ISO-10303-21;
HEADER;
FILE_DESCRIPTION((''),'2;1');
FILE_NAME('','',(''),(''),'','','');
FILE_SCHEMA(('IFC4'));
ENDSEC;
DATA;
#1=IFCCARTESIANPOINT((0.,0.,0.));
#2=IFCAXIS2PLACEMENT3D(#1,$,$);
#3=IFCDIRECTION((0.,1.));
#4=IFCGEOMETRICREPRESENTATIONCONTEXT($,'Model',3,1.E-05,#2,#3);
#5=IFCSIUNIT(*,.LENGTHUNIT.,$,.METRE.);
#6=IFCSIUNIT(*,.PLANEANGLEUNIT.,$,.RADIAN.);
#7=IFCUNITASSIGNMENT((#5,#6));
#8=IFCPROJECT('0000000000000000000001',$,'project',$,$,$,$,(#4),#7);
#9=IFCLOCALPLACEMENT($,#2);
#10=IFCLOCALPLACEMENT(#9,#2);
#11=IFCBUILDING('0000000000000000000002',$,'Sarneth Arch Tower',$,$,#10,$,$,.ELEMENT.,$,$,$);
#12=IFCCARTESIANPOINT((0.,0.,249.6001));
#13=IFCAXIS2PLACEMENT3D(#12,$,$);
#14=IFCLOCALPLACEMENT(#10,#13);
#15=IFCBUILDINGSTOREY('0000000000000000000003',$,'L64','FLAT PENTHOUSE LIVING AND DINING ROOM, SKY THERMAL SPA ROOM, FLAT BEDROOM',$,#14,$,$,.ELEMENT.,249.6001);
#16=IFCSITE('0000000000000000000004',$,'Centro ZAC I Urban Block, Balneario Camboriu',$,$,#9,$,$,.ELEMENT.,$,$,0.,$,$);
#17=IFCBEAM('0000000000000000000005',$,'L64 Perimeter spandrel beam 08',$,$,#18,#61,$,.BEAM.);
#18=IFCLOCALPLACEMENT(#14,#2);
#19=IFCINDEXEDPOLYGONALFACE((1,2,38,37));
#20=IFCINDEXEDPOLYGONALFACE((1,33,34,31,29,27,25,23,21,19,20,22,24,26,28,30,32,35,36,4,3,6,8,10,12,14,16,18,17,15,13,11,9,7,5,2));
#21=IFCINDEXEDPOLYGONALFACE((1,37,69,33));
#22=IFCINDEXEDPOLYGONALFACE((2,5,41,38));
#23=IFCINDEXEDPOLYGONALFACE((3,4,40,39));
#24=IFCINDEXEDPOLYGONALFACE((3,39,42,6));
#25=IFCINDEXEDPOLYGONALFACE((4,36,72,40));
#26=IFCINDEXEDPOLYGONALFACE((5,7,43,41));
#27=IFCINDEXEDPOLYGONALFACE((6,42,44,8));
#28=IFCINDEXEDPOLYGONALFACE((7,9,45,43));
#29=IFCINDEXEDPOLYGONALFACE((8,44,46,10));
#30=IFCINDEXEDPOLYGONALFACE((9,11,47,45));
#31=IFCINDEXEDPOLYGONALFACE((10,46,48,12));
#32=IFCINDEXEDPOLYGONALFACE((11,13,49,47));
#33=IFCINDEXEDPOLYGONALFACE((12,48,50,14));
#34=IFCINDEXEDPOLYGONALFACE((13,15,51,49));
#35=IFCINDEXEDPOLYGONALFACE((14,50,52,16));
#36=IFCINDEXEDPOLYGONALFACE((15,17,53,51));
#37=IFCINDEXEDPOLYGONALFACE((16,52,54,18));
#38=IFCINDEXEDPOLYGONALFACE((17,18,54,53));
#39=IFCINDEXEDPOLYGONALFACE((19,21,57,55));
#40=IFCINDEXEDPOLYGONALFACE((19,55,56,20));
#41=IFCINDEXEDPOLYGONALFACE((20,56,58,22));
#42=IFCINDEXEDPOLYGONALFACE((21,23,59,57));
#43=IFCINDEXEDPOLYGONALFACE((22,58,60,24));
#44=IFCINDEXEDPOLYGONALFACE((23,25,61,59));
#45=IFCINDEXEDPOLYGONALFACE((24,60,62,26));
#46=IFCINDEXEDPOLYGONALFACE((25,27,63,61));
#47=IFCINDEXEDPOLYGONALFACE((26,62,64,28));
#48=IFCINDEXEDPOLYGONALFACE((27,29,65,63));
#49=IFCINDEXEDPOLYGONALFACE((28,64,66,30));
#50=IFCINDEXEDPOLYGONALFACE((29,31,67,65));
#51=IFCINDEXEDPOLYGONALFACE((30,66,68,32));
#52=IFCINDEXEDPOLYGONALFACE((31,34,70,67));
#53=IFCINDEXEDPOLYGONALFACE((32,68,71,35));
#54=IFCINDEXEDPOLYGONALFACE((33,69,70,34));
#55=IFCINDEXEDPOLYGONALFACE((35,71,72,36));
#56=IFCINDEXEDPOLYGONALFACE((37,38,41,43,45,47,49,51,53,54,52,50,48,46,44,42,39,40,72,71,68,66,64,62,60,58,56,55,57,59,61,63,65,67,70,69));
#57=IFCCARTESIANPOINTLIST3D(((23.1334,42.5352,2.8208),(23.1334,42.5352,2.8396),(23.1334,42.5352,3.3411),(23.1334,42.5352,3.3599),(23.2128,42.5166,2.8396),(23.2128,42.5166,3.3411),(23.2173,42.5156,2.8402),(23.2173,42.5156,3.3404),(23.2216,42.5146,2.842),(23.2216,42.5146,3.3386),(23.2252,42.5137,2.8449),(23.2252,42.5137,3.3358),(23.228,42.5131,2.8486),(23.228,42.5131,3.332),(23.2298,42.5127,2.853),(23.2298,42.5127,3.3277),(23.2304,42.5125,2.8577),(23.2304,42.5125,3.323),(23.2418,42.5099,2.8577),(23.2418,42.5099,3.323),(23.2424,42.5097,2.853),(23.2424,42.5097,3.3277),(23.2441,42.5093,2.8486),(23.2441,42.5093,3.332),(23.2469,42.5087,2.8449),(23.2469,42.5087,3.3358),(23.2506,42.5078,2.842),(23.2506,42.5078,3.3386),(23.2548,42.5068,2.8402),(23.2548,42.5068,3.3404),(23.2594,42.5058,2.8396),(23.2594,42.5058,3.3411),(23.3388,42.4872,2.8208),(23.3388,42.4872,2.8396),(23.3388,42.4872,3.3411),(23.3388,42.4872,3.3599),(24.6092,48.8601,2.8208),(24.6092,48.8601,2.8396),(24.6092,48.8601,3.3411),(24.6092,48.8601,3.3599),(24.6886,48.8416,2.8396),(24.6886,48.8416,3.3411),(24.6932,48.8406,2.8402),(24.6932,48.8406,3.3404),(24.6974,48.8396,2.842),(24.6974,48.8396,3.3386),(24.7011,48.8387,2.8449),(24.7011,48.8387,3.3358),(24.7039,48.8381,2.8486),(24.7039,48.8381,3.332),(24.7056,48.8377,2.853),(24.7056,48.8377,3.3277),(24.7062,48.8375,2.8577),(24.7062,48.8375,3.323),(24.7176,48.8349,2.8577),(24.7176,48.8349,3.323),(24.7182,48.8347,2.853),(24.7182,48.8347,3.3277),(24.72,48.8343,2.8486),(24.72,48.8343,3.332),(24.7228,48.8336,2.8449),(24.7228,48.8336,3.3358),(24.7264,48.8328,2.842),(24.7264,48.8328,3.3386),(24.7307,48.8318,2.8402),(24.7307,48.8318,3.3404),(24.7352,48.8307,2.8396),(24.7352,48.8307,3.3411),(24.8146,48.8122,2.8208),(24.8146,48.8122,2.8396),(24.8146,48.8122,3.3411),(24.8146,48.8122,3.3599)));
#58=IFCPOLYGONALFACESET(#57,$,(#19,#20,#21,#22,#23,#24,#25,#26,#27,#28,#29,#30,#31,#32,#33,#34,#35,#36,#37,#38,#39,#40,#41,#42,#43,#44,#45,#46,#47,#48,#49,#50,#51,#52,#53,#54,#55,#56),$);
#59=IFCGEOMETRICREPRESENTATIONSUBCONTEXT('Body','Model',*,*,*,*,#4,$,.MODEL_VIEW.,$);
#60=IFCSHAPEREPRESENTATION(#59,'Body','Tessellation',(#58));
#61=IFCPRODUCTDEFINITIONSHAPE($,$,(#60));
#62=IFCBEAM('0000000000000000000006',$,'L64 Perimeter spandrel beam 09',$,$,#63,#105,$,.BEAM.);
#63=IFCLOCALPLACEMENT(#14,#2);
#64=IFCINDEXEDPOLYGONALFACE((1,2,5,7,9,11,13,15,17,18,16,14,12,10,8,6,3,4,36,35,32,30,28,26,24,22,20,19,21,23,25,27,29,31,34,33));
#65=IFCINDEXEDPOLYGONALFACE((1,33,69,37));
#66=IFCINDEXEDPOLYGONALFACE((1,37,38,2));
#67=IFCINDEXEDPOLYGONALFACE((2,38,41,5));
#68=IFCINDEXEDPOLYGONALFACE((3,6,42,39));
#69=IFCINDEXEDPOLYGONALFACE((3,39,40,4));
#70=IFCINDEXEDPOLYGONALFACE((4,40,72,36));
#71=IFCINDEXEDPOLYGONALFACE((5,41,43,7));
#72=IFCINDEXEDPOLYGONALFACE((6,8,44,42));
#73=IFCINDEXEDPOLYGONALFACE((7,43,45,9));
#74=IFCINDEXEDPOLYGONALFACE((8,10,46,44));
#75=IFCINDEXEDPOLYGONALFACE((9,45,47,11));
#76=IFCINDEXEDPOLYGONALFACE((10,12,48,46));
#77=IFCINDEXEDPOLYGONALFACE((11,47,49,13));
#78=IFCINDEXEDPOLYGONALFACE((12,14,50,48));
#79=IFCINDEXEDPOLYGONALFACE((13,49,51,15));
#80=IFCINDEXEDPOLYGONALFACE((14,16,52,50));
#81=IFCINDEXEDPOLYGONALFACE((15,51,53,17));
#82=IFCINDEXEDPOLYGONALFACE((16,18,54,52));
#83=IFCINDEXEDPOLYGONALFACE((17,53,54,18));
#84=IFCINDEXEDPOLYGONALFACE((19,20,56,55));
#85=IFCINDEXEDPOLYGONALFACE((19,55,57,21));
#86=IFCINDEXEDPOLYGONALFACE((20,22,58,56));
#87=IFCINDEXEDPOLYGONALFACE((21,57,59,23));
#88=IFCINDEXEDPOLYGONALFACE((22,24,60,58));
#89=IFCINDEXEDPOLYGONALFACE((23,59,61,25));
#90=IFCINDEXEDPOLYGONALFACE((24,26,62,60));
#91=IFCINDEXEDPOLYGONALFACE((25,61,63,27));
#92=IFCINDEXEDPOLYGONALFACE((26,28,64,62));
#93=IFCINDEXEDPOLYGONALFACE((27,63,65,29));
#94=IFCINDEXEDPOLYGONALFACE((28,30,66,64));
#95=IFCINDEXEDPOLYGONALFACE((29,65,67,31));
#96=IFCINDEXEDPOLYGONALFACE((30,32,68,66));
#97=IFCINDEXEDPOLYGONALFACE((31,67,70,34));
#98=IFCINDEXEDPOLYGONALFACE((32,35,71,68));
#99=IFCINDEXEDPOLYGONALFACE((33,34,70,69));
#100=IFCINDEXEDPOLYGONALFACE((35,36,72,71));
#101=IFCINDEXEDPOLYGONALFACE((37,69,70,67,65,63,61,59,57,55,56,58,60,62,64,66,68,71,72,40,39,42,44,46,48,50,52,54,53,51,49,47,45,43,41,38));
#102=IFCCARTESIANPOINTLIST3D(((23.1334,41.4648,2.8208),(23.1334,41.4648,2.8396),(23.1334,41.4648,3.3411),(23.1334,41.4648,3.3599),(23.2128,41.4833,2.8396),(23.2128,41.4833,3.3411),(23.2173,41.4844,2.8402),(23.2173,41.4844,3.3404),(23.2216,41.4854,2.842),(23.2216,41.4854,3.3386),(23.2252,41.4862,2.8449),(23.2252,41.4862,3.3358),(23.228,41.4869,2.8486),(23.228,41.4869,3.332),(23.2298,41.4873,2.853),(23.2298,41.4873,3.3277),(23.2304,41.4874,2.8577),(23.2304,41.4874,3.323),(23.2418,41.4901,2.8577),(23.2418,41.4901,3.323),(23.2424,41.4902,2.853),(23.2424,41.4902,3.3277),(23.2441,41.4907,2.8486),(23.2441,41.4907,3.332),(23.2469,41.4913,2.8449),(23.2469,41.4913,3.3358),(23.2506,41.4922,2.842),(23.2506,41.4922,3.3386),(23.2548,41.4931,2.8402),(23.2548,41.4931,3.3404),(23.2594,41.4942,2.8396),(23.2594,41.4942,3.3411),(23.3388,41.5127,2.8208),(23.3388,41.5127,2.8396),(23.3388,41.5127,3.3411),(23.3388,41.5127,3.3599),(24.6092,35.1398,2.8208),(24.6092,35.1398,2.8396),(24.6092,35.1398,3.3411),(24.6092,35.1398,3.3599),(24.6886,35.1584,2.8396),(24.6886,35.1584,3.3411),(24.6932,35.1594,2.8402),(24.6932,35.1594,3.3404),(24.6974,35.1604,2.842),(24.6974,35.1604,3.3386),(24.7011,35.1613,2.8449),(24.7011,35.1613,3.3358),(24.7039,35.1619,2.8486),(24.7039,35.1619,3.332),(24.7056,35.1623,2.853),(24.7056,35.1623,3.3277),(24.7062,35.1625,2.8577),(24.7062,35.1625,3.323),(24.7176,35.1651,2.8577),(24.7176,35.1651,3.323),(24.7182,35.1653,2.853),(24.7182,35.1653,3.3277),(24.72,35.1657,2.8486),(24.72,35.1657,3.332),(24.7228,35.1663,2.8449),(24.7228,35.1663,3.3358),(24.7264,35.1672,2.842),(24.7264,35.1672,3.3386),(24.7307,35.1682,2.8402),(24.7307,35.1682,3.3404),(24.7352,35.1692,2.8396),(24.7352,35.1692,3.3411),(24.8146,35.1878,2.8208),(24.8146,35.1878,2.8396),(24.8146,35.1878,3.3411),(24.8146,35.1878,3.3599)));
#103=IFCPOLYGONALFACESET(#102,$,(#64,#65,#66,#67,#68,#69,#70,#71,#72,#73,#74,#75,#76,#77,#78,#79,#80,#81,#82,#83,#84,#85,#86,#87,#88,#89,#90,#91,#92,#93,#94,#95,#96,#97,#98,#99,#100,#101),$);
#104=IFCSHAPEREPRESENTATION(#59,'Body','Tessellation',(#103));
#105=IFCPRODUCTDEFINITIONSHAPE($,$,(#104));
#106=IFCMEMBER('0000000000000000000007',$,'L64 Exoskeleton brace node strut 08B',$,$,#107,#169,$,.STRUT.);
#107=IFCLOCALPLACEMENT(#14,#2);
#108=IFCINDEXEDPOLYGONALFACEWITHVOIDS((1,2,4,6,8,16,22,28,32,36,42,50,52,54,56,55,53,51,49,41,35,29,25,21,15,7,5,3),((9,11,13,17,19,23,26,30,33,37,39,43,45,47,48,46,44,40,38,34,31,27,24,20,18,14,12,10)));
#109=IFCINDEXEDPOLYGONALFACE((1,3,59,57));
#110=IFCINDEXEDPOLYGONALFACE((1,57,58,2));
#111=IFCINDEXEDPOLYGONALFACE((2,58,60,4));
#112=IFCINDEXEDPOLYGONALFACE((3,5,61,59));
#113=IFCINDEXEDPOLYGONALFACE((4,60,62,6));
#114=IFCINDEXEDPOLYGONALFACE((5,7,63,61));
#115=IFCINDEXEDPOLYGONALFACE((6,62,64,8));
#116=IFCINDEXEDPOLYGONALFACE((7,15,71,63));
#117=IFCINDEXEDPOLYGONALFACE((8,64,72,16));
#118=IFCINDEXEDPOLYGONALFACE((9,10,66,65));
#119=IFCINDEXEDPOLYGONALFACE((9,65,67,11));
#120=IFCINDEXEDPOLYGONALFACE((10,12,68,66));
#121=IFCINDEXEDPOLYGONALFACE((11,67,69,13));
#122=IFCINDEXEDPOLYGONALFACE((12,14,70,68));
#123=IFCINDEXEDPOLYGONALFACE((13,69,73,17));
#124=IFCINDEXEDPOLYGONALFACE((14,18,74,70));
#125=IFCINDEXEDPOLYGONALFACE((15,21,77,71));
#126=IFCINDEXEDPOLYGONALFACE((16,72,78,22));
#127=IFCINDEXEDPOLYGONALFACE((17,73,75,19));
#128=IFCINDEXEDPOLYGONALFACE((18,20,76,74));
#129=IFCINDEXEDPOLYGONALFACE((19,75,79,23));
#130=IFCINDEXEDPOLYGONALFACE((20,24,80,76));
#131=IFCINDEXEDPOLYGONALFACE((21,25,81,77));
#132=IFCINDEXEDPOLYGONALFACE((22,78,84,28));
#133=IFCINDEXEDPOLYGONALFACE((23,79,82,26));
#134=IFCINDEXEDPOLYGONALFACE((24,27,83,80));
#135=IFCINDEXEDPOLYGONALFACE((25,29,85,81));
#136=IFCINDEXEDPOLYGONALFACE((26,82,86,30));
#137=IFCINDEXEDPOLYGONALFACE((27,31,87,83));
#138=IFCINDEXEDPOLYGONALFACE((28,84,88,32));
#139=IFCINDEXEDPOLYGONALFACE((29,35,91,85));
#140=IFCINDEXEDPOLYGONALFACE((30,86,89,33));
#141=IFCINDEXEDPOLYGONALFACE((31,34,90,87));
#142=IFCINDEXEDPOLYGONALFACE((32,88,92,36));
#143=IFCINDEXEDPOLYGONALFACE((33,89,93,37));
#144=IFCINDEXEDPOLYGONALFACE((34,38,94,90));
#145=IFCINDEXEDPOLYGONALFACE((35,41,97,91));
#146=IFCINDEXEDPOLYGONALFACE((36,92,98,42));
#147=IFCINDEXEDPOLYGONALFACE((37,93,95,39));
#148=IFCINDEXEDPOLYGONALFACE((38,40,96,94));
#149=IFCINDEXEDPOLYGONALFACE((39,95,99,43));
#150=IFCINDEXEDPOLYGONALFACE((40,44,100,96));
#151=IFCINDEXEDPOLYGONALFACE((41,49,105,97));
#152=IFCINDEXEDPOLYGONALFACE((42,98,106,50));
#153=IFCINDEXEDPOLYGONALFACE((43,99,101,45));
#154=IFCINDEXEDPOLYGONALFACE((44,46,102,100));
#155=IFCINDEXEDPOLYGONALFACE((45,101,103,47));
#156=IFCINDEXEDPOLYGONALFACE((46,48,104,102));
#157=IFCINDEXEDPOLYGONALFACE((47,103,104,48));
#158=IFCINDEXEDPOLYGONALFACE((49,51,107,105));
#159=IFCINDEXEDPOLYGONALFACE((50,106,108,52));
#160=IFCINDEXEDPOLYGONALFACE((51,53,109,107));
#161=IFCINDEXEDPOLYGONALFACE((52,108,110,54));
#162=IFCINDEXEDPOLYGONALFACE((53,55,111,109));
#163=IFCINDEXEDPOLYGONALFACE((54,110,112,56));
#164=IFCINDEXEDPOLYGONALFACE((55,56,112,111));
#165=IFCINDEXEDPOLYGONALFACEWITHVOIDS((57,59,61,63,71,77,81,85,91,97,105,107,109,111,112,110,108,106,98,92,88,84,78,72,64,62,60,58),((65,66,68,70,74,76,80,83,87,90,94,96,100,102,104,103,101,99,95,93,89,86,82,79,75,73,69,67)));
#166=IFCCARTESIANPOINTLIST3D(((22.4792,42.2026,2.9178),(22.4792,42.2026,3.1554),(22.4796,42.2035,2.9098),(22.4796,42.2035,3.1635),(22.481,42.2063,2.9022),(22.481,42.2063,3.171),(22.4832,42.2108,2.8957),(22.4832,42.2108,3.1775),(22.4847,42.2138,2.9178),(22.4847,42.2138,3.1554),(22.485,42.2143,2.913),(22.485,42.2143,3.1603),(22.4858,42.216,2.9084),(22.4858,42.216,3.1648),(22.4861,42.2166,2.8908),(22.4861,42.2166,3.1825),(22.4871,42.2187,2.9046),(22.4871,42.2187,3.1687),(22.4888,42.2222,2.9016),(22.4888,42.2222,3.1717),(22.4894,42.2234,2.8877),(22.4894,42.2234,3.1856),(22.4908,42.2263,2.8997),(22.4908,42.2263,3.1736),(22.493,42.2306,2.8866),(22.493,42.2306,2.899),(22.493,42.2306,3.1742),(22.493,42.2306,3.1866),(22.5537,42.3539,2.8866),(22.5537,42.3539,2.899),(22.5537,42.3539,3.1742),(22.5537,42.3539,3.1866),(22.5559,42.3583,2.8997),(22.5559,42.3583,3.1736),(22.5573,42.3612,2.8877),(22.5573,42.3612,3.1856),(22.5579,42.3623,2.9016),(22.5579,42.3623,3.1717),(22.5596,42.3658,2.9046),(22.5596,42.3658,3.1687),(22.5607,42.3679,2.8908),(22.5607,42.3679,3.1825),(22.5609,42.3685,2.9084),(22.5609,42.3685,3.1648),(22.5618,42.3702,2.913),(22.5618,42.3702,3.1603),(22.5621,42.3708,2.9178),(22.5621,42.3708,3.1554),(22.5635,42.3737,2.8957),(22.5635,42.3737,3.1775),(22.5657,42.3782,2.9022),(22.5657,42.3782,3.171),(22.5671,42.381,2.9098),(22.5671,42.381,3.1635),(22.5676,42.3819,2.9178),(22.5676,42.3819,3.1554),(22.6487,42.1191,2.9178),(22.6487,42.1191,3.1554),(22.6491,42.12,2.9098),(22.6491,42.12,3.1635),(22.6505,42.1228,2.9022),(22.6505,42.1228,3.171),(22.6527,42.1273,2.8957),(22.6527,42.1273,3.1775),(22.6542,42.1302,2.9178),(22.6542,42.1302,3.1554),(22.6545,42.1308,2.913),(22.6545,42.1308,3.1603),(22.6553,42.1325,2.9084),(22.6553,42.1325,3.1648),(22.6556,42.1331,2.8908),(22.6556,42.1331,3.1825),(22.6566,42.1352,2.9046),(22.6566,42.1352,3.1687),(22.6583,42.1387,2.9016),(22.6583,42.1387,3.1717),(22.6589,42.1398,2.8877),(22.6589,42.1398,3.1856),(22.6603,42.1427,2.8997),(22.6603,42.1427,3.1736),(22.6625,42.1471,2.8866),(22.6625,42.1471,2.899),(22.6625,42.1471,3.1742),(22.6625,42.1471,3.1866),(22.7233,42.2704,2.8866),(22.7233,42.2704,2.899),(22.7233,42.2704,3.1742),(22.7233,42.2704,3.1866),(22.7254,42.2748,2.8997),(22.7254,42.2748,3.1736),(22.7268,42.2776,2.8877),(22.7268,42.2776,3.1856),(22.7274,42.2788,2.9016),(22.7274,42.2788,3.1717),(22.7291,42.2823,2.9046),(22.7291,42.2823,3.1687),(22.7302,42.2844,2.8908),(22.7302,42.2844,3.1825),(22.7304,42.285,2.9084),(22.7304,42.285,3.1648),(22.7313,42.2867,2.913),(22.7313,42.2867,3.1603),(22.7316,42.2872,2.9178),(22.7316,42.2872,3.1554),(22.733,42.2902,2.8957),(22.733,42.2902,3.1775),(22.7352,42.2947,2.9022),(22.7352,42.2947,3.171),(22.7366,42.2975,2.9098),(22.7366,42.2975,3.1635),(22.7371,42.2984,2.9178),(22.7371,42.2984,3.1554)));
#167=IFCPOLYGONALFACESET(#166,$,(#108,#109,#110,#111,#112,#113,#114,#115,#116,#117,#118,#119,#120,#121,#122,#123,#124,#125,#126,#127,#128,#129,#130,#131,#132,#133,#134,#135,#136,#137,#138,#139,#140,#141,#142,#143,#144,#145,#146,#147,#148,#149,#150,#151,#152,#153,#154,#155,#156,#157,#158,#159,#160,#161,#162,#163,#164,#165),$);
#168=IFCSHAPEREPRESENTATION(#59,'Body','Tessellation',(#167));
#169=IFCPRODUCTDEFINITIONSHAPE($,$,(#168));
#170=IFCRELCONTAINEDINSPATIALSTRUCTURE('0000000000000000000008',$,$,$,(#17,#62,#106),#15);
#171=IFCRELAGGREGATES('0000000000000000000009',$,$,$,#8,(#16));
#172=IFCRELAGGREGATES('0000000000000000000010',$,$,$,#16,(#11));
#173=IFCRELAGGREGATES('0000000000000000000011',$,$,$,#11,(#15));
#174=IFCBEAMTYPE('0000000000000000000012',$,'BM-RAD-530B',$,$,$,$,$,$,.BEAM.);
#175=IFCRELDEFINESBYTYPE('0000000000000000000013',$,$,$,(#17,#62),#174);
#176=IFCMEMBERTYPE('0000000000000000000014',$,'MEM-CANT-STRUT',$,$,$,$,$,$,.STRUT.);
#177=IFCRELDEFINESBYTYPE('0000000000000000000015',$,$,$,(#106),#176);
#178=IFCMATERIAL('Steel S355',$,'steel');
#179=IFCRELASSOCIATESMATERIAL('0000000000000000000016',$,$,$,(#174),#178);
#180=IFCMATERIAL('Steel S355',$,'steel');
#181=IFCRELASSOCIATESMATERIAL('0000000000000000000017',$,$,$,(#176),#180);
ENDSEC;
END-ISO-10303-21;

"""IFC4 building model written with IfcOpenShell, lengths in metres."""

from ifc_helpers import new_model, si_unit, direction, frame, origin, origin_2d, place, context, subcontext, project, spatial, hollow_rectangle, i_section, extrude, material, material_profile, profile_set, type_object, element, save


model = new_model("IFC4")

# Units and contexts
model_context = context("Model", 3, precision=1e-05, world=origin(), true_north=direction((0.0, 1.0)))
body_context = subcontext(model_context, "Body", "Model", "MODEL_VIEW")
ifc_project = project(units=[si_unit("LENGTHUNIT", "METRE"), si_unit("PLANEANGLEUNIT", "RADIAN")], contexts=[model_context])

# Site, building, storey
site_placement = place(None, origin())
site = spatial("IfcSite", under=ifc_project, at=site_placement, Name="Centro ZAC I Urban Block, Balneario Camboriu", CompositionType="ELEMENT", RefElevation=0.0)
building_placement = place(site_placement, origin())
building = spatial("IfcBuilding", under=site, at=building_placement, Name="Sarneth Arch Tower", CompositionType="ELEMENT")
storey_placement = place(building_placement, frame((0.0, 0.0, 249.6001)))
storey = spatial("IfcBuildingStorey", under=building, at=storey_placement, Name="L64", Description="FLAT PENTHOUSE LIVING AND DINING ROOM, SKY THERMAL SPA ROOM, FLAT BEDROOM", CompositionType="ELEMENT", Elevation=249.6001)

# Beams
ifc_material_1 = material(Name="Steel S355", Category="steel")
ifc_material_profile_1 = material_profile(ifc_material_1, i_section(OverallWidth=0.2109, OverallDepth=0.5391, WebThickness=0.0117, FlangeThickness=0.0188, FilletRadius=0.0181, at=origin_2d()), Name="W530x109")
ifc_profile_set_1 = profile_set([ifc_material_profile_1], Name="Steel S355")
beam_type_1 = type_object("IfcBeamType", Name="BM-RAD-530B", PredefinedType="BEAM", material=ifc_profile_set_1)
for number, where, z_axis, x_axis, name in (
    (1, (24.7119, 48.8362, 3.0903), (-0.227231, -0.973841, 0.0), (0.973841, -0.227231, 0.0), "L64 Perimeter spandrel beam 08"),
    (2, (23.2361, 41.4888, 3.0903), (0.227231, -0.973841, 0.0), (0.973841, 0.227231, 0.0), "L64 Perimeter spandrel beam 09"),
):
    element("IfcBeam", number, at=place(storey_placement, frame(where, z_axis=z_axis, x_axis=x_axis)), inside=storey, type_object=beam_type_1, Name=name, PredefinedType="BEAM", context=body_context, shape_type="SweptSolid", body=[
        extrude(i_section(OverallWidth=0.2109, OverallDepth=0.5391, WebThickness=0.0117, FlangeThickness=0.0188, FilletRadius=0.0181, at=origin_2d()), origin(), (0.0, 0.0, 1.0), 6.4949),
    ])

# Member
ifc_material_2 = material(Name="Steel S355", Category="steel")
ifc_material_profile_2 = material_profile(ifc_material_2, hollow_rectangle(XDim=0.2, YDim=0.3, WallThickness=0.0125, InnerFilletRadius=0.0188, OuterFilletRadius=0.0312, at=origin_2d()), Name="RHS300x200x12.5")
ifc_profile_set_2 = profile_set([ifc_material_profile_2], Name="Steel S355")
member_type_1 = type_object("IfcMemberType", Name="MEM-CANT-STRUT", PredefinedType="STRUT", material=ifc_profile_set_2)
member_1_placement = place(storey_placement, frame((22.6929, 42.2087, 3.0366), z_axis=(-0.896997, 0.442036, 0.0), x_axis=(-0.442036, -0.896997, 0.0)))
element("IfcMember", 3, at=member_1_placement, inside=storey, type_object=member_type_1, Name="L64 Exoskeleton brace node strut 08B", PredefinedType="STRUT", context=body_context, shape_type="SweptSolid", body=[
    extrude(hollow_rectangle(XDim=0.2, YDim=0.3, WallThickness=0.0125, InnerFilletRadius=0.0188, OuterFilletRadius=0.0312, at=origin_2d()), origin(), (0.0, 0.0, 1.0), 0.189),
])

save(model, "model.ifc")
